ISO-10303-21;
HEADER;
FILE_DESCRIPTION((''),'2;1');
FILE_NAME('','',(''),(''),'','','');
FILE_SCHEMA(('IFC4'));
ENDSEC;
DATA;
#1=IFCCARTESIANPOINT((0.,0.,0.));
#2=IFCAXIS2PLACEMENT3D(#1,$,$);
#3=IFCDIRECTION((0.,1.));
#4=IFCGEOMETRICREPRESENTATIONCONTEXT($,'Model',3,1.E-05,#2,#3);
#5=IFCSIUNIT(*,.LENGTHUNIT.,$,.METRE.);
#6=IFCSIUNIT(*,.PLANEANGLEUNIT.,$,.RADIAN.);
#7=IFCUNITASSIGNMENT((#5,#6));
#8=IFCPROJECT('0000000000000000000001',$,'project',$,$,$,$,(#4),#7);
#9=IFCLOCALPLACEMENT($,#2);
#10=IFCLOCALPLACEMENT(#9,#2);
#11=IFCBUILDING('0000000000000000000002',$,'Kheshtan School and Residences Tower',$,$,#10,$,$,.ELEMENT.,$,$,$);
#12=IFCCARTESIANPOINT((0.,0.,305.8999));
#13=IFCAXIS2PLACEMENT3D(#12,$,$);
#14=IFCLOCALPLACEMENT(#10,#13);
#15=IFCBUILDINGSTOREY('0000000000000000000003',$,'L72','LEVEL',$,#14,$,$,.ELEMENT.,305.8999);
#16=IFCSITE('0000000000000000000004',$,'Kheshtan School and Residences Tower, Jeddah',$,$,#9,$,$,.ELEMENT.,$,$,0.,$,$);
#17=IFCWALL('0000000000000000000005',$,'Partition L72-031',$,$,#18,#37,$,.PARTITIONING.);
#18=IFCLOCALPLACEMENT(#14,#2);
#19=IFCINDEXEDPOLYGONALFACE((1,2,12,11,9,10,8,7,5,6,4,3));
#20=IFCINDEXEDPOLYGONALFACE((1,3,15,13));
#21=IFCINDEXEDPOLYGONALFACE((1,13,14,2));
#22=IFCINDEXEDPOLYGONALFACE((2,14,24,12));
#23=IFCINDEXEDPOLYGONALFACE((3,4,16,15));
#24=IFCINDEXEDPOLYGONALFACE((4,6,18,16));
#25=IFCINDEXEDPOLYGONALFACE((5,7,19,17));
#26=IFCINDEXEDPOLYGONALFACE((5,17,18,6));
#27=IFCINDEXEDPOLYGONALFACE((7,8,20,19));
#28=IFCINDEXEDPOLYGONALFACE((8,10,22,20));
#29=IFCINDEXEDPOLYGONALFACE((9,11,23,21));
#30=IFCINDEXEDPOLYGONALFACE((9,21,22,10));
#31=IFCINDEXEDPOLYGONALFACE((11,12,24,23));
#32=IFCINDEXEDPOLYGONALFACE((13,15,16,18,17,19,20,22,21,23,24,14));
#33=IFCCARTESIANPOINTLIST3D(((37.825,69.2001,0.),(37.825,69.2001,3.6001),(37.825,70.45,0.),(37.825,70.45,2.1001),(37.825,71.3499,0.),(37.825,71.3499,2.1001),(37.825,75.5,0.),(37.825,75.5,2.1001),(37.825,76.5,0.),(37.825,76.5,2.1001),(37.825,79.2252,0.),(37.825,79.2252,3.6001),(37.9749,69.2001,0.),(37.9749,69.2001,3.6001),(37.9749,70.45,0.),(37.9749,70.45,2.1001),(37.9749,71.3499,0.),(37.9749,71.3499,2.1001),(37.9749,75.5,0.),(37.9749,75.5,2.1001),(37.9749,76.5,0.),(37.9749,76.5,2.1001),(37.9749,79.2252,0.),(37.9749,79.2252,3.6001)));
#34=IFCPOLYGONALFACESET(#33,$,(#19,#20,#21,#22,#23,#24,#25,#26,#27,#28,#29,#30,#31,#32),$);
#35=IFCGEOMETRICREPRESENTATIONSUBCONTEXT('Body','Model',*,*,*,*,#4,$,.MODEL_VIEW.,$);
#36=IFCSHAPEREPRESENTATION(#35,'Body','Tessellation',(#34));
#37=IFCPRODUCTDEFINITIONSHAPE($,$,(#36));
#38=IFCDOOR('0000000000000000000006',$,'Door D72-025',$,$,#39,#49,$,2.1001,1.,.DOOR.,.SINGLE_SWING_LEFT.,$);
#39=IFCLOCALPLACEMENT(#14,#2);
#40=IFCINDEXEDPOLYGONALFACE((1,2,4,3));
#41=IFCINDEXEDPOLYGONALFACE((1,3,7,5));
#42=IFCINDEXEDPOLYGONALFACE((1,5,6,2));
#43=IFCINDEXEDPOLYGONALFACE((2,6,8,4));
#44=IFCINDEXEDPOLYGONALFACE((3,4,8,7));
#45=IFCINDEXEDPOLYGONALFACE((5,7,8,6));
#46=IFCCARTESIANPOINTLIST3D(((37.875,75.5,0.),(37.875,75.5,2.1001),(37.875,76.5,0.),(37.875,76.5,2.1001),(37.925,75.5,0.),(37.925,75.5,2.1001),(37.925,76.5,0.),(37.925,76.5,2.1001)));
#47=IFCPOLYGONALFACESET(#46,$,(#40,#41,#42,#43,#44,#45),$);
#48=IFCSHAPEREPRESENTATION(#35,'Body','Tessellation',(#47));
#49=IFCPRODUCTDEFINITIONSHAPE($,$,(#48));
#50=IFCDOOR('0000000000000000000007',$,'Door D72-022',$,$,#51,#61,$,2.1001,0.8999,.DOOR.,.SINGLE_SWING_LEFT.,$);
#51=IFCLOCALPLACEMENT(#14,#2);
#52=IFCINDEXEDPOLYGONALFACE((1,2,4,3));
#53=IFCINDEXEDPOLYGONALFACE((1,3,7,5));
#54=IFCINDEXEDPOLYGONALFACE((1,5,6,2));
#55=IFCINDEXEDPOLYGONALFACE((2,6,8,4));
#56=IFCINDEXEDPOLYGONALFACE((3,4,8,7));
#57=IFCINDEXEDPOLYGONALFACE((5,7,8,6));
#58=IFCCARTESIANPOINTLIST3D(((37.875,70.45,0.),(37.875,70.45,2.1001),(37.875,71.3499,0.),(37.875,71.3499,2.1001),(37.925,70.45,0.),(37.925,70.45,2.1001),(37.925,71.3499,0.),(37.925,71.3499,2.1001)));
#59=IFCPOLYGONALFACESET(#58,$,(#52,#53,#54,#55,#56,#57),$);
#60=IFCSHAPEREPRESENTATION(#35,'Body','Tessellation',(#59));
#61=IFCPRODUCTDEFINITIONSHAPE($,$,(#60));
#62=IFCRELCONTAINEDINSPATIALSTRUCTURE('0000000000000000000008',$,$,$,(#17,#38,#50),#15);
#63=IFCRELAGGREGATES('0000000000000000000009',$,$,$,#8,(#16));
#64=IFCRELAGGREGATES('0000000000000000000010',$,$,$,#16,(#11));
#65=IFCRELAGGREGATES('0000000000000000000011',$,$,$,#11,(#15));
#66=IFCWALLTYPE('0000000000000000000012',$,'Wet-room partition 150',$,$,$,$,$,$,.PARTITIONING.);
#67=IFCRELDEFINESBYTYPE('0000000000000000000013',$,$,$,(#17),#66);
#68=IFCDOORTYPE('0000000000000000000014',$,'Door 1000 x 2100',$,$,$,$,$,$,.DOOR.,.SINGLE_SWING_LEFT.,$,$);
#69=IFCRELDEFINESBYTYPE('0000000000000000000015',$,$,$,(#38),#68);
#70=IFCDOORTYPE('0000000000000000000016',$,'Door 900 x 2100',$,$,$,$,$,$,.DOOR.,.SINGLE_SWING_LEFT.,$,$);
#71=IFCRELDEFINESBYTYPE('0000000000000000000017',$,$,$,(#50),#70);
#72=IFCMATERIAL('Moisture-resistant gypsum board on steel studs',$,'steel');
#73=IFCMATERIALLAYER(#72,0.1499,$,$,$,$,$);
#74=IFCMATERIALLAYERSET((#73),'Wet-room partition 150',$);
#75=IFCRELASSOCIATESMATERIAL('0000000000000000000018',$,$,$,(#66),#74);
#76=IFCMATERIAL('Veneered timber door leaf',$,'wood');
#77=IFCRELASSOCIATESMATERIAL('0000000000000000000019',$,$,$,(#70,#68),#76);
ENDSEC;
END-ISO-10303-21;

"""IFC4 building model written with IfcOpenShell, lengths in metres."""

from ifc_helpers import new_model, si_unit, direction, frame, frame_2d, origin, place, context, subcontext, project, spatial, rectangle, extrude, source, transform, mapped, material, layer, layer_set, type_object, element, fill, save


model = new_model("IFC4")

# Units and contexts
model_context = context("Model", 3, precision=1e-05, world=origin(), true_north=direction((0.0, 1.0)))
body_context = subcontext(model_context, "Body", "Model", "MODEL_VIEW")
ifc_project = project(units=[si_unit("LENGTHUNIT", "METRE"), si_unit("PLANEANGLEUNIT", "RADIAN")], contexts=[model_context])

# Site, building, storey
site_placement = place(None, origin())
site = spatial("IfcSite", under=ifc_project, at=site_placement, Name="Kheshtan School and Residences Tower, Jeddah", CompositionType="ELEMENT", RefElevation=0.0)
building_placement = place(site_placement, origin())
building = spatial("IfcBuilding", under=site, at=building_placement, Name="Kheshtan School and Residences Tower", CompositionType="ELEMENT")
storey_placement = place(building_placement, frame((0.0, 0.0, 305.8999)))
storey = spatial("IfcBuildingStorey", under=building, at=storey_placement, Name="L72", Description="LEVEL", CompositionType="ELEMENT", Elevation=305.8999)

# Shared definitions
ifc_material_1 = material(Name="Moisture-resistant gypsum board on steel studs", Category="steel")
ifc_layer_1 = layer(ifc_material_1, 0.1499)
ifc_layer_set_1 = layer_set([ifc_layer_1], Name="Wet-room partition 150")
wall_type_1 = type_object("IfcWallType", Name="Wet-room partition 150", PredefinedType="PARTITIONING", material=ifc_layer_set_1)

# Wall, openings, doors
ifc_material_2 = material(Name="Veneered timber door leaf", Category="wood")
door_type_1 = type_object("IfcDoorType", Name="Door 900 x 2100", OperationType="SINGLE_SWING_LEFT", PredefinedType="DOOR", material=ifc_material_2)
shared_shape_1 = source(origin(), body_context, "Body", "SweptSolid", [
    extrude(rectangle(XDim=0.8999, YDim=2.1001, at=frame_2d((0.45, 1.05))), frame((0.0, 0.0249, 0.0), z_axis=(0.0, -1.0, 0.0), x_axis=(1.0, 0.0, 0.0)), (0.0, 0.0, 1.0), 0.05),
])
wall_1_placement = place(storey_placement, frame((37.8999, 69.2, 0.0), z_axis=(0.0, 0.0, 1.0), x_axis=(0.0, 1.0, 0.0)))
wall_1 = element("IfcWall", 1, at=wall_1_placement, inside=storey, type_object=wall_type_1, Name="Partition L72-031", PredefinedType="PARTITIONING", context=body_context, shape_type="SweptSolid", body=[
    extrude(rectangle(XDim=10.0251, YDim=0.1499, at=frame_2d((5.0127, 0.0))), origin(), (0.0, 0.0, 1.0), 3.6001),
])
opening_1_placement = place(wall_1_placement, frame((1.25, 0.0, 0.0)))
opening_1 = element("IfcOpeningElement", 2, at=opening_1_placement, cuts=wall_1, PredefinedType="OPENING", context=body_context, shape_type="SweptSolid", body=[
    extrude(rectangle(XDim=0.8999, YDim=2.1001, at=frame_2d((0.45, 1.05))), frame((0.0, 0.085, 0.0), z_axis=(0.0, -1.0, 0.0), x_axis=(1.0, 0.0, 0.0)), (0.0, 0.0, 1.0), 0.1699),
])
opening_2_placement = place(wall_1_placement, frame((6.3, 0.0, 0.0)))
opening_2 = element("IfcOpeningElement", 3, at=opening_2_placement, cuts=wall_1, PredefinedType="OPENING", context=body_context, shape_type="SweptSolid", body=[
    extrude(rectangle(XDim=1.0, YDim=2.1001, at=frame_2d((0.5, 1.05))), frame((0.0, 0.085, 0.0), z_axis=(0.0, -1.0, 0.0), x_axis=(1.0, 0.0, 0.0)), (0.0, 0.0, 1.0), 0.1699),
])
door_type_2 = type_object("IfcDoorType", Name="Door 1000 x 2100", OperationType="SINGLE_SWING_LEFT", PredefinedType="DOOR", material=ifc_material_2)
shared_shape_2 = source(origin(), body_context, "Body", "SweptSolid", [
    extrude(rectangle(XDim=1.0, YDim=2.1001, at=frame_2d((0.5, 1.05))), frame((0.0, 0.0249, 0.0), z_axis=(0.0, -1.0, 0.0), x_axis=(1.0, 0.0, 0.0)), (0.0, 0.0, 1.0), 0.05),
])
door_1_placement = place(opening_2_placement, origin())
door_1 = element("IfcDoor", 4, at=door_1_placement, inside=storey, type_object=door_type_2, Name="Door D72-025", OperationType="SINGLE_SWING_LEFT", OverallHeight=2.1001, OverallWidth=1.0, PredefinedType="DOOR", context=body_context, shape_type="MappedRepresentation", body=[
    mapped(shared_shape_2, transform((0.0, 0.0, 0.0), x_axis=(1.0, 0.0, 0.0), y_axis=(0.0, 1.0, 0.0), z_axis=(0.0, 0.0, 1.0), scale=1.0)),
])
fill(opening_2, door_1)
door_2_placement = place(opening_1_placement, origin())
door_2 = element("IfcDoor", 5, at=door_2_placement, inside=storey, type_object=door_type_1, Name="Door D72-022", OperationType="SINGLE_SWING_LEFT", OverallHeight=2.1001, OverallWidth=0.8999, PredefinedType="DOOR", context=body_context, shape_type="MappedRepresentation", body=[
    mapped(shared_shape_1, transform((0.0, 0.0, 0.0), x_axis=(1.0, 0.0, 0.0), y_axis=(0.0, 1.0, 0.0), z_axis=(0.0, 0.0, 1.0), scale=1.0)),
])
fill(opening_1, door_2)

save(model, "model.ifc")
